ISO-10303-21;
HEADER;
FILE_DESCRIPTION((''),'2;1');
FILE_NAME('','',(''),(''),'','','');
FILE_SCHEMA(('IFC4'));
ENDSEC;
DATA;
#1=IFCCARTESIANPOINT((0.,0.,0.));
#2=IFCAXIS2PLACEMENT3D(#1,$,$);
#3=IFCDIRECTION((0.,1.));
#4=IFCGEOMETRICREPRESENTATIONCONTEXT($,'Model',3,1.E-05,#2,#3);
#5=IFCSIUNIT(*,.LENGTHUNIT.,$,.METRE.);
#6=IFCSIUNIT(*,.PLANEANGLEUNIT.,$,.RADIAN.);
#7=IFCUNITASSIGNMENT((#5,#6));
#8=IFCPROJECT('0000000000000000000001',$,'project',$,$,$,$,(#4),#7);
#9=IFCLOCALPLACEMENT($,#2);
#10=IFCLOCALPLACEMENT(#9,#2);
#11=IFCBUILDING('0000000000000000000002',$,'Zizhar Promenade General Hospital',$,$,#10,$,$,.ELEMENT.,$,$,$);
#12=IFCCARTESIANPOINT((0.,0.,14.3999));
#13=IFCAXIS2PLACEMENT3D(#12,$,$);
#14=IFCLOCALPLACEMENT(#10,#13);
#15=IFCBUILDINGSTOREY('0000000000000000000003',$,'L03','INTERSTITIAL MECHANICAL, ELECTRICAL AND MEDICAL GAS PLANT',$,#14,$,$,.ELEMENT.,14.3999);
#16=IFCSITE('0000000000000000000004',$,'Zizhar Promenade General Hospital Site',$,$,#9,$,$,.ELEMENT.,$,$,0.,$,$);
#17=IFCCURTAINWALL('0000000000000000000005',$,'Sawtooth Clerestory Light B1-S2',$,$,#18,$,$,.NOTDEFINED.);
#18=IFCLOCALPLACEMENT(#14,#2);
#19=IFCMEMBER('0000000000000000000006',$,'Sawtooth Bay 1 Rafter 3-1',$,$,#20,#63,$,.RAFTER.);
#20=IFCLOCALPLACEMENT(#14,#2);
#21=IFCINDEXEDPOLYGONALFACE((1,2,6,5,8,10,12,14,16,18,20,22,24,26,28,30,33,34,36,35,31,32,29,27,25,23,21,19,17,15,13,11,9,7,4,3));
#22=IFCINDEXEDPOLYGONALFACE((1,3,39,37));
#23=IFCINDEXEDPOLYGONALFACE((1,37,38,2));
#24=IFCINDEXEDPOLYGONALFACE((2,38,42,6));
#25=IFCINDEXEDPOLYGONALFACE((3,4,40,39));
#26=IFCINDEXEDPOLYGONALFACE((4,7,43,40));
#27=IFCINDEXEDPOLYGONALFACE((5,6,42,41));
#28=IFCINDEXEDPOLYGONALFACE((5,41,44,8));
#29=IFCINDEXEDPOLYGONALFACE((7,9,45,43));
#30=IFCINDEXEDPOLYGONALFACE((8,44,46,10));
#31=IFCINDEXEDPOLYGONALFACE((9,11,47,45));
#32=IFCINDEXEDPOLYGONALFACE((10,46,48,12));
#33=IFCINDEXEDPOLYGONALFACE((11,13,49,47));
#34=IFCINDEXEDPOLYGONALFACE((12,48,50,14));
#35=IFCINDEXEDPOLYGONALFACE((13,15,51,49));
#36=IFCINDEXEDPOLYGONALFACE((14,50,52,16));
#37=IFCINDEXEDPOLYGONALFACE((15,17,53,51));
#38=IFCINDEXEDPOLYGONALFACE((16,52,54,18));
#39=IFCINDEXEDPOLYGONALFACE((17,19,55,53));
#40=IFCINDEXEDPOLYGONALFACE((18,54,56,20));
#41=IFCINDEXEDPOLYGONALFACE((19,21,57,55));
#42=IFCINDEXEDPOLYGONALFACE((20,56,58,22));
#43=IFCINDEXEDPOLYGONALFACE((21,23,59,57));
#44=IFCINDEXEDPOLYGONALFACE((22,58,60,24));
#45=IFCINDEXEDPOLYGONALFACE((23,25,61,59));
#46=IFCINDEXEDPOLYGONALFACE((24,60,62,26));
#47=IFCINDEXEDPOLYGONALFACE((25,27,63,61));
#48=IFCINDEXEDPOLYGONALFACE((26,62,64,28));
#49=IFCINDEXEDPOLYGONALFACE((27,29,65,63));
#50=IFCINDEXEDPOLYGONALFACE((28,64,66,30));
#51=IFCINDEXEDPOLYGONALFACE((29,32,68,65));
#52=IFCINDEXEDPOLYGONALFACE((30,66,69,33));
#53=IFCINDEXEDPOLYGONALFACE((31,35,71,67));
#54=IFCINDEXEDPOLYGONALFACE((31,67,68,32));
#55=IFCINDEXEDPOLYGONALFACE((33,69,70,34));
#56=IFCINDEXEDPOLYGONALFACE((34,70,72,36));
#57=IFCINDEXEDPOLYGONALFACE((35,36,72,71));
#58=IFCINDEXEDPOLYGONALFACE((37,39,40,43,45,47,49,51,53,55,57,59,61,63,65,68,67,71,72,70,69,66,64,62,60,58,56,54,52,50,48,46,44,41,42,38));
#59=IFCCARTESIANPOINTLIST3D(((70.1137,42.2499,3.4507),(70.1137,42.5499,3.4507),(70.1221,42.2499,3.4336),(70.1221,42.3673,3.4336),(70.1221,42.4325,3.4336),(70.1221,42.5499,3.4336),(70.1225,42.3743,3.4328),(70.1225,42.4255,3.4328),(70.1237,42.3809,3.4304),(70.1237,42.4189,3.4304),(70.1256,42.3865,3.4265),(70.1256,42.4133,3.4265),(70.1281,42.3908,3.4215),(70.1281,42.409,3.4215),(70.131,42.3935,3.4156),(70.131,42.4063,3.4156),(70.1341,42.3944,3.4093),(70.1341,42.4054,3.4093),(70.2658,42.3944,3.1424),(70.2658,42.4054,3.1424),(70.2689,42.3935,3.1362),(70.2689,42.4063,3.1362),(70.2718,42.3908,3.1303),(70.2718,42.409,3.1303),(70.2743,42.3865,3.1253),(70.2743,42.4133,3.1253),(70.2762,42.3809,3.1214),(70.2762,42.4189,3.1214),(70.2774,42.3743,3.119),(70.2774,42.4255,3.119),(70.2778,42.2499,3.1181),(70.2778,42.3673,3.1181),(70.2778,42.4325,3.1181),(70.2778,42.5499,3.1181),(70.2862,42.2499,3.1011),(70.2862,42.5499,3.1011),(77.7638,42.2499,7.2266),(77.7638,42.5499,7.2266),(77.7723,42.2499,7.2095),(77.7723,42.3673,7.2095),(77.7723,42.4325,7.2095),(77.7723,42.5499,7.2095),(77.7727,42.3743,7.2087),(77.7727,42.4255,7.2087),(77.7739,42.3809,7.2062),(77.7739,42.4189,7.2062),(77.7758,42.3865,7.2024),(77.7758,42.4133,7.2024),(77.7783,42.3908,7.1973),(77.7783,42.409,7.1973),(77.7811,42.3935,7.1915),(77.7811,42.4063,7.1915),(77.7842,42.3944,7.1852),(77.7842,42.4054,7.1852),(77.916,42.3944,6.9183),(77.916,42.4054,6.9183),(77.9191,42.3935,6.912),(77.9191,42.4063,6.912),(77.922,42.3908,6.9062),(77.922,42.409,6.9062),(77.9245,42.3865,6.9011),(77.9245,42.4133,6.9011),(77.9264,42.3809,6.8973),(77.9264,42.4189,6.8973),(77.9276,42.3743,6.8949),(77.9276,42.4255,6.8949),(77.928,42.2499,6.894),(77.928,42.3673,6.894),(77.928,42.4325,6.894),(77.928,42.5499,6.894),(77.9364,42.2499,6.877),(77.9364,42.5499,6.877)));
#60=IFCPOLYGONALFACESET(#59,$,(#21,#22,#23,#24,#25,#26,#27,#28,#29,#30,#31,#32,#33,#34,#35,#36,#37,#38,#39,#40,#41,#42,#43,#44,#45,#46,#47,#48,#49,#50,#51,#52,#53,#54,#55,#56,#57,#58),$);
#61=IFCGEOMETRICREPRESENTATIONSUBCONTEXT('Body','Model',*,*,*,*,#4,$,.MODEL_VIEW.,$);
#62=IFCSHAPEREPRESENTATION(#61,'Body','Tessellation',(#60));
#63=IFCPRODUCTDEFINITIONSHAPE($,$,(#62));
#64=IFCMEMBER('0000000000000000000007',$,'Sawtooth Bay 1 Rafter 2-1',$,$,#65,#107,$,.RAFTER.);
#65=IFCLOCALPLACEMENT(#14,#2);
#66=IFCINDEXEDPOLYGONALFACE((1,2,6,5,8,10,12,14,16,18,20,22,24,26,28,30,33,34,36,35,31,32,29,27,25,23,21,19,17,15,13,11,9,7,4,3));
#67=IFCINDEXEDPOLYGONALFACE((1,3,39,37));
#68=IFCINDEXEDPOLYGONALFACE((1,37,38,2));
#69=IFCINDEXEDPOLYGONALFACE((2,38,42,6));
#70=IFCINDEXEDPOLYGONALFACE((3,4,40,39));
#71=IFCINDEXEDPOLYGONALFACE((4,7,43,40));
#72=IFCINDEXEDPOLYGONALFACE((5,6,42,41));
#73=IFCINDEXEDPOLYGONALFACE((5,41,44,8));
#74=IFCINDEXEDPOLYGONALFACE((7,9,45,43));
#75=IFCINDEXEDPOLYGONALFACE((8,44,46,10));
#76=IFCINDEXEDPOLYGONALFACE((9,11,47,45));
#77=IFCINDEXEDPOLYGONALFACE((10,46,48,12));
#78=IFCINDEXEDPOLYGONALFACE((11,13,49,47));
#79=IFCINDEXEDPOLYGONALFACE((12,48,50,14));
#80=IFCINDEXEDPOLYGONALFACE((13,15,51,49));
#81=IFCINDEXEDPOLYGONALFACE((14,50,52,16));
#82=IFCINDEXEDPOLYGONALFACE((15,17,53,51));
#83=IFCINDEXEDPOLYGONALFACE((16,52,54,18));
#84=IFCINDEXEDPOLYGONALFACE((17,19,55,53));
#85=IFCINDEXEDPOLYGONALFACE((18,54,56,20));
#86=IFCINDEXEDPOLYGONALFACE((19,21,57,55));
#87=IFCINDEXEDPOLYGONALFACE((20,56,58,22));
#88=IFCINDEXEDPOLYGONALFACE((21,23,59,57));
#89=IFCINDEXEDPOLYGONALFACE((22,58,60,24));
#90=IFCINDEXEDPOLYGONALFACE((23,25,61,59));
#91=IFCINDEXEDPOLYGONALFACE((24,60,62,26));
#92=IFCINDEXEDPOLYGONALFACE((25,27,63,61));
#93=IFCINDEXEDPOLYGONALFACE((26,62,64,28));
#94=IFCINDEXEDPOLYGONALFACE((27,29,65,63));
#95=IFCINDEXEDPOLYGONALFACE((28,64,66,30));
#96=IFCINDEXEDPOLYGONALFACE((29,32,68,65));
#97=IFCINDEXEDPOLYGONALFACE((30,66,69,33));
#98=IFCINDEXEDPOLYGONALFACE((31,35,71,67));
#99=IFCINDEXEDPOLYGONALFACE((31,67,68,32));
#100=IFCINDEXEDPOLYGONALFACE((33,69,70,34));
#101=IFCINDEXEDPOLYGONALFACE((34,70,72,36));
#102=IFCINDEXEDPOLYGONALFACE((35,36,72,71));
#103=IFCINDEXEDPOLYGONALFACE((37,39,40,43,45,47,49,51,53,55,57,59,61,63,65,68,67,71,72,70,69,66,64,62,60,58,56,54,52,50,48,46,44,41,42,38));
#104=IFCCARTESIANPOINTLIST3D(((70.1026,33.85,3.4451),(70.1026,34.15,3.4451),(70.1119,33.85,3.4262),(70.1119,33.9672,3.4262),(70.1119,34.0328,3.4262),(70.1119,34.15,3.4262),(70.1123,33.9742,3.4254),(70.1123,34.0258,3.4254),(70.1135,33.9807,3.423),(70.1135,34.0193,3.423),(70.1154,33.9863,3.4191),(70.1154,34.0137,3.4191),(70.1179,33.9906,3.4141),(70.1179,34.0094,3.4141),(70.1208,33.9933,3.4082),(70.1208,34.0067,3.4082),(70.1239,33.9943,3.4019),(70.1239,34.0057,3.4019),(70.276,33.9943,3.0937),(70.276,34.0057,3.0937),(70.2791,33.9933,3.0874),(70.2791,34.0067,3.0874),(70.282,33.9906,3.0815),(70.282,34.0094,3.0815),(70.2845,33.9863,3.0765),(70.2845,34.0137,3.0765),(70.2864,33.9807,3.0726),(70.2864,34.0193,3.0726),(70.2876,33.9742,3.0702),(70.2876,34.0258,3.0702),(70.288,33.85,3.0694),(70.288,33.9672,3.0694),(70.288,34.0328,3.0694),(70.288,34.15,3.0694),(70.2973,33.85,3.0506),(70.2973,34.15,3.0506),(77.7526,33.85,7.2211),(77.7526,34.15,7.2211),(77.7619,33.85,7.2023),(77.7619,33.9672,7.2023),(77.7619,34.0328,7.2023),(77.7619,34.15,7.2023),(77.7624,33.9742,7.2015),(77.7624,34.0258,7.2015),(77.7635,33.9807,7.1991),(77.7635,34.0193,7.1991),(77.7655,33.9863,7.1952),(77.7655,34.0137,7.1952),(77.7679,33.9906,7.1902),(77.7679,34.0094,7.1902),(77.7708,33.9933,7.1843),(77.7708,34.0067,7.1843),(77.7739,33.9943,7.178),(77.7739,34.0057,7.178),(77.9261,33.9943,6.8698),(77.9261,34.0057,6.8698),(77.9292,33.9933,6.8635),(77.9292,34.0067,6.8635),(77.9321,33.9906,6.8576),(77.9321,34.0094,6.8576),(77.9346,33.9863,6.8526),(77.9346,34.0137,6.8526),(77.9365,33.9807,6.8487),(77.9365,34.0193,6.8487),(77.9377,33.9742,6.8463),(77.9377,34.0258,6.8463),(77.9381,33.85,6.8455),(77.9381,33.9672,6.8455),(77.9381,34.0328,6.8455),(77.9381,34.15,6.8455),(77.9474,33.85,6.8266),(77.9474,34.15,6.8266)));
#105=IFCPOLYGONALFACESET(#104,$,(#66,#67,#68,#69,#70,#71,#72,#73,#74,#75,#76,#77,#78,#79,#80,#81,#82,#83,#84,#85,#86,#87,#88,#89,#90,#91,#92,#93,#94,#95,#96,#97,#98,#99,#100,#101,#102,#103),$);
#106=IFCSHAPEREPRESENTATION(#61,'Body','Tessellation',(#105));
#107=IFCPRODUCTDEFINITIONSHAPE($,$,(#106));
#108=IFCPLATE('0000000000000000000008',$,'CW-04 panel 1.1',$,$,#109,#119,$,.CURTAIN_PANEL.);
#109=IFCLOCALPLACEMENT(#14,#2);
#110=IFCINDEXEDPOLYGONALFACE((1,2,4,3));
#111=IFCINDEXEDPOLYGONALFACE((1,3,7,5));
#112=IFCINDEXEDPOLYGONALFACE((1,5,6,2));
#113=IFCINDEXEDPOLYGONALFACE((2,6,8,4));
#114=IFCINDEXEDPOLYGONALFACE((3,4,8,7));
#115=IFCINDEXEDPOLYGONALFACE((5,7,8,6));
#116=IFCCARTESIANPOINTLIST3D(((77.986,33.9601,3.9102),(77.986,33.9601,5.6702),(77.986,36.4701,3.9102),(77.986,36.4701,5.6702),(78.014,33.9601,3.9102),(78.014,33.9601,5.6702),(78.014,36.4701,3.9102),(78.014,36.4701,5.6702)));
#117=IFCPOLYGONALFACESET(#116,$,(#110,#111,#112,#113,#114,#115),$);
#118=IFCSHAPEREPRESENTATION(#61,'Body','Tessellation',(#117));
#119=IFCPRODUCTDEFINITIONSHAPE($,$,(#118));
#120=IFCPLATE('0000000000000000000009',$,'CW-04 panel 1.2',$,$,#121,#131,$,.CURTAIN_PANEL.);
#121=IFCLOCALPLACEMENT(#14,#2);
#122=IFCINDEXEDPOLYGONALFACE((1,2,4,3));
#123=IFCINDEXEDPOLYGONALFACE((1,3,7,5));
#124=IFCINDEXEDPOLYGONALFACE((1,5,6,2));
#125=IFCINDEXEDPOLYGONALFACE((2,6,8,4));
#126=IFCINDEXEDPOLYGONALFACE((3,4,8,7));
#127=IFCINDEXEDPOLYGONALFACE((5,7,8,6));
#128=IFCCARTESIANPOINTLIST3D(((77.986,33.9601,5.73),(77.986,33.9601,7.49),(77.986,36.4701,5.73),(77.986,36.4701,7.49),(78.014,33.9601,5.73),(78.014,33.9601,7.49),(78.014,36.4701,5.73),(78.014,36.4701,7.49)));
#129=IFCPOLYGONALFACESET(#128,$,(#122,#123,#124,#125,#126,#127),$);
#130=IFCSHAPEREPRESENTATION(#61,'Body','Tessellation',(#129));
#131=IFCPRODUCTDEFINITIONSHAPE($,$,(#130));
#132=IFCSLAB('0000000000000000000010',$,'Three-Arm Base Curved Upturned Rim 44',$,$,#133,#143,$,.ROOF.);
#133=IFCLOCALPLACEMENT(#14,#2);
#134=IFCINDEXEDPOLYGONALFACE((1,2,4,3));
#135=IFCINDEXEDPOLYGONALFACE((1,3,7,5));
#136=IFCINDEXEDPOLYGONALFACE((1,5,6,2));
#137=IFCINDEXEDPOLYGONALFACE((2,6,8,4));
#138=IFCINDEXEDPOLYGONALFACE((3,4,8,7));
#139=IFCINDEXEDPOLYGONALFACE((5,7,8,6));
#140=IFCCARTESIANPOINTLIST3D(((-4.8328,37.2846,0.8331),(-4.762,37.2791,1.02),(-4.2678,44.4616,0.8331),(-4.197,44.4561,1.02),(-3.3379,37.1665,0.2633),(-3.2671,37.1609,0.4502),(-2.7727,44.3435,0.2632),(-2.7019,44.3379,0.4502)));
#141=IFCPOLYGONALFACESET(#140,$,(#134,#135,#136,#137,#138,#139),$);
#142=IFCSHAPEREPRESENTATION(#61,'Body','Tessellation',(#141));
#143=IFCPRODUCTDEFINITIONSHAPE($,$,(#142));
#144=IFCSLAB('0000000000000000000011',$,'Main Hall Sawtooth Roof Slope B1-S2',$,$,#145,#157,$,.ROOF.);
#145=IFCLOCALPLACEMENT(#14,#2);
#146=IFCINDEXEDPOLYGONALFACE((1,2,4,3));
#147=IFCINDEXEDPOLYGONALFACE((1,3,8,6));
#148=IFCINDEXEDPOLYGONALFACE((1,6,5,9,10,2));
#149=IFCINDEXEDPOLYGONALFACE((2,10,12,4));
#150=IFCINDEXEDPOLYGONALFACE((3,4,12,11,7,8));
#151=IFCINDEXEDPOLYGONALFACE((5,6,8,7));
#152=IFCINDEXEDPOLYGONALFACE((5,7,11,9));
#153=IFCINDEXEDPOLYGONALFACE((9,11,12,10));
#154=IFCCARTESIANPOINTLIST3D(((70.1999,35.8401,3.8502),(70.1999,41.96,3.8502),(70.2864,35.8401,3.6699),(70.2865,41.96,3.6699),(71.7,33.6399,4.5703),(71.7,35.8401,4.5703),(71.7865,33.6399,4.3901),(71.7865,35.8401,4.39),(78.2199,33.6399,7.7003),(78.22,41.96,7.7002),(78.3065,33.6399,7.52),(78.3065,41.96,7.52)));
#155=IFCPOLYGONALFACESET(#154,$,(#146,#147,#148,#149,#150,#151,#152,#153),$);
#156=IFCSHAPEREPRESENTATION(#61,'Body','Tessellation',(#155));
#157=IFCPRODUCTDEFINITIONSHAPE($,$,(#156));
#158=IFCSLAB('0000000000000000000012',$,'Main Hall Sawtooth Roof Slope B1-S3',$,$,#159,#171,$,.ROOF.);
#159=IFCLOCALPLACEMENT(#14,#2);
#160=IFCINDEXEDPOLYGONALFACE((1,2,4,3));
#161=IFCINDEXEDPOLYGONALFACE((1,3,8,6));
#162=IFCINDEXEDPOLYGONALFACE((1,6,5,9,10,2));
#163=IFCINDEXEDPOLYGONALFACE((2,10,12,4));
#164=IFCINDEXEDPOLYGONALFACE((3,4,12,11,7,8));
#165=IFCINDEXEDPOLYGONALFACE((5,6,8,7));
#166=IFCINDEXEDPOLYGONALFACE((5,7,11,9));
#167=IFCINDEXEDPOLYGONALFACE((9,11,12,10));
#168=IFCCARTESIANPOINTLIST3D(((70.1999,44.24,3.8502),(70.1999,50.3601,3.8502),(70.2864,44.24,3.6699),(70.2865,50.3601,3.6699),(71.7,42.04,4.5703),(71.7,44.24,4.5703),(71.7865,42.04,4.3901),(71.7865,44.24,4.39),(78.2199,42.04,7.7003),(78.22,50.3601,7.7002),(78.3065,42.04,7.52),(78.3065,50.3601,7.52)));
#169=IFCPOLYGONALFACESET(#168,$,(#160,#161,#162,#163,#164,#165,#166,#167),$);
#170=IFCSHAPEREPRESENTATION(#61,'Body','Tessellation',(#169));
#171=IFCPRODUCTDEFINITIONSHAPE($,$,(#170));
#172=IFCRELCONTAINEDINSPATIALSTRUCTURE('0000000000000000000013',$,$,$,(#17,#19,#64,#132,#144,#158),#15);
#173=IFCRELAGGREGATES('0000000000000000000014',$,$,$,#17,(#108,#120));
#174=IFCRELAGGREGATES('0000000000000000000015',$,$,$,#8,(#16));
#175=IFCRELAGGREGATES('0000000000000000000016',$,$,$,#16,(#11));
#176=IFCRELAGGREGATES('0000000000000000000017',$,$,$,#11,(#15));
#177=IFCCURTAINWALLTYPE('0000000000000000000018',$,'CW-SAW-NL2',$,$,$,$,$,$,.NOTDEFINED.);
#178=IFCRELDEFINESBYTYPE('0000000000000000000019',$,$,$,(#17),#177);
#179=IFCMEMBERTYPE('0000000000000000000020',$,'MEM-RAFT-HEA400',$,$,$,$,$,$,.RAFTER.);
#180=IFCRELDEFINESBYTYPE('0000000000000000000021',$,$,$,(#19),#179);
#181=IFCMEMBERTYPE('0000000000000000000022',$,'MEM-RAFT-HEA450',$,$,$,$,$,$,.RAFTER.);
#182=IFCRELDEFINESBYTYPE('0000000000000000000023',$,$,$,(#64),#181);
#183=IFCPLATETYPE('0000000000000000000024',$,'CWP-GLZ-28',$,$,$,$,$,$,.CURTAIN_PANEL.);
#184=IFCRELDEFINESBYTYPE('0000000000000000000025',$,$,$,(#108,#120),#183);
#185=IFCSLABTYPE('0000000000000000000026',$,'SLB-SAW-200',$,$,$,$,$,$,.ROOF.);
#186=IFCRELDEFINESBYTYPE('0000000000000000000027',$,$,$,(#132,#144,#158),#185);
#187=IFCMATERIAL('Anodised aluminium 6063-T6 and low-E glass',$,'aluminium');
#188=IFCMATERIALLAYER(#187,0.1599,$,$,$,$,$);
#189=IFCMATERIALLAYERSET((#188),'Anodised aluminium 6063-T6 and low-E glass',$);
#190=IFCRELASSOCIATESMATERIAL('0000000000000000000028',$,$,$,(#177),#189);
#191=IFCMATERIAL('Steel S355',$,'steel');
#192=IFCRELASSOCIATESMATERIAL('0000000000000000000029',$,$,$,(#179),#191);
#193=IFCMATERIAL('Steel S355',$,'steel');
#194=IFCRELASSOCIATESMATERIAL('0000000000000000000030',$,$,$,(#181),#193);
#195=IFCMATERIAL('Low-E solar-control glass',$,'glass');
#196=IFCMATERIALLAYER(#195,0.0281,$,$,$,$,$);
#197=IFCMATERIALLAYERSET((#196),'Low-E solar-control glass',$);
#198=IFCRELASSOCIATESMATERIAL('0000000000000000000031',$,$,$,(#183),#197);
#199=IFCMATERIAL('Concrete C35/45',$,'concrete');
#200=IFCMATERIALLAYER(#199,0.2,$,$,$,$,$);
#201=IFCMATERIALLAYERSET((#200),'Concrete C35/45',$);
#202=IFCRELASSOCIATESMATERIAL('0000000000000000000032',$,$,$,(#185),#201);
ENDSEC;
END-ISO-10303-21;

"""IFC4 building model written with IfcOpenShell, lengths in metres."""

from ifc_helpers import new_model, si_unit, direction, frame, origin, origin_2d, place, context, subcontext, project, spatial, polyline, rectangle, i_section, outline, extrude, material, layer, layer_set, material_profile, profile_set, type_object, element, aggregate, save


model = new_model("IFC4")

# Units and contexts
model_context = context("Model", 3, precision=1e-05, world=origin(), true_north=direction((0.0, 1.0)))
body_context = subcontext(model_context, "Body", "Model", "MODEL_VIEW")
ifc_project = project(units=[si_unit("LENGTHUNIT", "METRE"), si_unit("PLANEANGLEUNIT", "RADIAN")], contexts=[model_context])

# Site, building, storey
site_placement = place(None, origin())
site = spatial("IfcSite", under=ifc_project, at=site_placement, Name="Zizhar Promenade General Hospital Site", CompositionType="ELEMENT", RefElevation=0.0)
building_placement = place(site_placement, origin())
building = spatial("IfcBuilding", under=site, at=building_placement, Name="Zizhar Promenade General Hospital", CompositionType="ELEMENT")
storey_placement = place(building_placement, frame((0.0, 0.0, 14.3999)))
storey = spatial("IfcBuildingStorey", under=building, at=storey_placement, Name="L03", Description="INTERSTITIAL MECHANICAL, ELECTRICAL AND MEDICAL GAS PLANT", CompositionType="ELEMENT", Elevation=14.3999)

# Curtain wall
ifc_material_1 = material(Name="Anodised aluminium 6063-T6 and low-E glass", Category="aluminium")
ifc_layer_1 = layer(ifc_material_1, 0.1599)
ifc_layer_set_1 = layer_set([ifc_layer_1], Name="Anodised aluminium 6063-T6 and low-E glass")
curtain_wall_type = type_object("IfcCurtainWallType", Name="CW-SAW-NL2", PredefinedType="NOTDEFINED", material=ifc_layer_set_1)
curtain_wall_placement = place(storey_placement, origin())
curtain_wall = element("IfcCurtainWall", 1, at=curtain_wall_placement, inside=storey, type_object=curtain_wall_type, Name="Sawtooth Clerestory Light B1-S2", PredefinedType="NOTDEFINED")

# Members
ifc_material_2 = material(Name="Steel S355", Category="steel")
ifc_material_profile_1 = material_profile(ifc_material_2, i_section(OverallWidth=0.3, OverallDepth=0.3899, WebThickness=0.011, FlangeThickness=0.019, FilletRadius=0.0271, at=origin_2d()))
ifc_profile_set_1 = profile_set([ifc_material_profile_1], Name="Steel S355")
member_type_1 = type_object("IfcMemberType", Name="MEM-RAFT-HEA400", PredefinedType="RAFTER", material=ifc_profile_set_1)
for number, where, z_axis, x_axis, name in (
    (2, (70.2, 42.3999, 3.2759), (0.896722, 0.0, 0.442595), (0.0, 1.0, 0.0), "Sawtooth Bay 1 Rafter 3-1"),
):
    element("IfcMember", number, at=place(storey_placement, frame(where, z_axis=z_axis, x_axis=x_axis)), inside=storey, type_object=member_type_1, Name=name, PredefinedType="RAFTER", context=body_context, shape_type="SweptSolid", body=[
        extrude(i_section(OverallWidth=0.3, OverallDepth=0.3899, WebThickness=0.011, FlangeThickness=0.019, FilletRadius=0.0271, at=origin_2d()), origin(), (0.0, 0.0, 1.0), 8.5312),
    ])
ifc_material_3 = material(Name="Steel S355", Category="steel")
ifc_material_profile_2 = material_profile(ifc_material_3, i_section(OverallWidth=0.3, OverallDepth=0.4399, WebThickness=0.0115, FlangeThickness=0.021, FilletRadius=0.0271, at=origin_2d()))
ifc_profile_set_2 = profile_set([ifc_material_profile_2], Name="Steel S355")
member_type_2 = type_object("IfcMemberType", Name="MEM-RAFT-HEA450", PredefinedType="RAFTER", material=ifc_profile_set_2)
member_1_placement = place(storey_placement, frame((70.2, 34.0, 3.2478), z_axis=(0.89671, 0.0, 0.442618), x_axis=(0.0, 1.0, 0.0)))
element("IfcMember", 3, at=member_1_placement, inside=storey, type_object=member_type_2, Name="Sawtooth Bay 1 Rafter 2-1", PredefinedType="RAFTER", context=body_context, shape_type="SweptSolid", body=[
    extrude(i_section(OverallWidth=0.3, OverallDepth=0.4399, WebThickness=0.0115, FlangeThickness=0.021, FilletRadius=0.0271, at=origin_2d()), origin(), (0.0, 0.0, 1.0), 8.5312),
])

# Plates
ifc_material_4 = material(Name="Low-E solar-control glass", Category="glass")
ifc_layer_2 = layer(ifc_material_4, 0.0281)
ifc_layer_set_2 = layer_set([ifc_layer_2], Name="Low-E solar-control glass")
plate_type = type_object("IfcPlateType", Name="CWP-GLZ-28", PredefinedType="CURTAIN_PANEL", material=ifc_layer_set_2)
plate_1_placement = place(storey_placement, frame((78.0, 35.2151, 3.9102), z_axis=(0.0, 0.0, 1.0), x_axis=(0.0, 1.0, 0.0)))
plate_1 = element("IfcPlate", 4, at=plate_1_placement, type_object=plate_type, Name="CW-04 panel 1.1", PredefinedType="CURTAIN_PANEL", context=body_context, shape_type="SweptSolid", body=[
    extrude(rectangle(XDim=2.51, YDim=0.0281, at=origin_2d()), origin(), (0.0, 0.0, 1.0), 1.76),
])
plate_2_placement = place(storey_placement, frame((78.0, 35.2151, 5.73), z_axis=(0.0, 0.0, 1.0), x_axis=(0.0, 1.0, 0.0)))
plate_2 = element("IfcPlate", 5, at=plate_2_placement, type_object=plate_type, Name="CW-04 panel 1.2", PredefinedType="CURTAIN_PANEL", context=body_context, shape_type="SweptSolid", body=[
    extrude(rectangle(XDim=2.51, YDim=0.0281, at=origin_2d()), origin(), (0.0, 0.0, 1.0), 1.76),
])
aggregate(curtain_wall, [plate_1, plate_2])

# Slabs
ifc_material_5 = material(Name="Concrete C35/45", Category="concrete")
ifc_layer_3 = layer(ifc_material_5, 0.2)
ifc_layer_set_3 = layer_set([ifc_layer_3], Name="Concrete C35/45")
slab_type = type_object("IfcSlabType", Name="SLB-SAW-200", PredefinedType="ROOF", material=ifc_layer_set_3)
slab_1_placement = place(storey_placement, frame((-4.197, 44.4561, 1.02), z_axis=(0.354097, -0.027879, 0.934793), x_axis=(-0.078475, -0.996916, -0.000006)))
element("IfcSlab", 6, at=slab_1_placement, inside=storey, type_object=slab_type, Name="Three-Arm Base Curved Upturned Rim 44", PredefinedType="ROOF", context=body_context, shape_type="SweptSolid", body=[
    extrude(outline(polyline([(0.0, 0.0), (7.1992, 0.0), (7.1997, 1.6042), (0.0005, 1.6044), (0.0, 0.0)])), origin(), (0.0, 0.0, -1.0), 0.2),
])
slab_2_placement = place(storey_placement, frame((71.7, 33.6399, 4.5703), z_axis=(-0.432773, 0.000007, 0.901503), x_axis=(0.901503, 0.0, 0.432773)))
element("IfcSlab", 7, at=slab_2_placement, inside=storey, type_object=slab_type, Name="Main Hall Sawtooth Roof Slope B1-S2", PredefinedType="ROOF", context=body_context, shape_type="SweptSolid", body=[
    extrude(outline(polyline([(0.0, 0.0), (7.2323, 0.0), (7.2323, 8.3201), (-1.6639, 8.3201), (-1.6639, 2.2002), (0.0, 2.2002), (0.0, 0.0)])), origin(), (0.0, 0.0, -1.0), 0.2),
])
slab_3_placement = place(storey_placement, frame((71.7, 42.04, 4.5703), z_axis=(-0.432773, 0.000007, 0.901503), x_axis=(0.901503, 0.0, 0.432773)))
element("IfcSlab", 8, at=slab_3_placement, inside=storey, type_object=slab_type, Name="Main Hall Sawtooth Roof Slope B1-S3", PredefinedType="ROOF", context=body_context, shape_type="SweptSolid", body=[
    extrude(outline(polyline([(0.0, 0.0), (7.2323, 0.0), (7.2323, 8.3201), (-1.6639, 8.3201), (-1.6639, 2.2), (0.0, 2.2), (0.0, 0.0)])), origin(), (0.0, 0.0, -1.0), 0.2),
])

save(model, "model.ifc")
